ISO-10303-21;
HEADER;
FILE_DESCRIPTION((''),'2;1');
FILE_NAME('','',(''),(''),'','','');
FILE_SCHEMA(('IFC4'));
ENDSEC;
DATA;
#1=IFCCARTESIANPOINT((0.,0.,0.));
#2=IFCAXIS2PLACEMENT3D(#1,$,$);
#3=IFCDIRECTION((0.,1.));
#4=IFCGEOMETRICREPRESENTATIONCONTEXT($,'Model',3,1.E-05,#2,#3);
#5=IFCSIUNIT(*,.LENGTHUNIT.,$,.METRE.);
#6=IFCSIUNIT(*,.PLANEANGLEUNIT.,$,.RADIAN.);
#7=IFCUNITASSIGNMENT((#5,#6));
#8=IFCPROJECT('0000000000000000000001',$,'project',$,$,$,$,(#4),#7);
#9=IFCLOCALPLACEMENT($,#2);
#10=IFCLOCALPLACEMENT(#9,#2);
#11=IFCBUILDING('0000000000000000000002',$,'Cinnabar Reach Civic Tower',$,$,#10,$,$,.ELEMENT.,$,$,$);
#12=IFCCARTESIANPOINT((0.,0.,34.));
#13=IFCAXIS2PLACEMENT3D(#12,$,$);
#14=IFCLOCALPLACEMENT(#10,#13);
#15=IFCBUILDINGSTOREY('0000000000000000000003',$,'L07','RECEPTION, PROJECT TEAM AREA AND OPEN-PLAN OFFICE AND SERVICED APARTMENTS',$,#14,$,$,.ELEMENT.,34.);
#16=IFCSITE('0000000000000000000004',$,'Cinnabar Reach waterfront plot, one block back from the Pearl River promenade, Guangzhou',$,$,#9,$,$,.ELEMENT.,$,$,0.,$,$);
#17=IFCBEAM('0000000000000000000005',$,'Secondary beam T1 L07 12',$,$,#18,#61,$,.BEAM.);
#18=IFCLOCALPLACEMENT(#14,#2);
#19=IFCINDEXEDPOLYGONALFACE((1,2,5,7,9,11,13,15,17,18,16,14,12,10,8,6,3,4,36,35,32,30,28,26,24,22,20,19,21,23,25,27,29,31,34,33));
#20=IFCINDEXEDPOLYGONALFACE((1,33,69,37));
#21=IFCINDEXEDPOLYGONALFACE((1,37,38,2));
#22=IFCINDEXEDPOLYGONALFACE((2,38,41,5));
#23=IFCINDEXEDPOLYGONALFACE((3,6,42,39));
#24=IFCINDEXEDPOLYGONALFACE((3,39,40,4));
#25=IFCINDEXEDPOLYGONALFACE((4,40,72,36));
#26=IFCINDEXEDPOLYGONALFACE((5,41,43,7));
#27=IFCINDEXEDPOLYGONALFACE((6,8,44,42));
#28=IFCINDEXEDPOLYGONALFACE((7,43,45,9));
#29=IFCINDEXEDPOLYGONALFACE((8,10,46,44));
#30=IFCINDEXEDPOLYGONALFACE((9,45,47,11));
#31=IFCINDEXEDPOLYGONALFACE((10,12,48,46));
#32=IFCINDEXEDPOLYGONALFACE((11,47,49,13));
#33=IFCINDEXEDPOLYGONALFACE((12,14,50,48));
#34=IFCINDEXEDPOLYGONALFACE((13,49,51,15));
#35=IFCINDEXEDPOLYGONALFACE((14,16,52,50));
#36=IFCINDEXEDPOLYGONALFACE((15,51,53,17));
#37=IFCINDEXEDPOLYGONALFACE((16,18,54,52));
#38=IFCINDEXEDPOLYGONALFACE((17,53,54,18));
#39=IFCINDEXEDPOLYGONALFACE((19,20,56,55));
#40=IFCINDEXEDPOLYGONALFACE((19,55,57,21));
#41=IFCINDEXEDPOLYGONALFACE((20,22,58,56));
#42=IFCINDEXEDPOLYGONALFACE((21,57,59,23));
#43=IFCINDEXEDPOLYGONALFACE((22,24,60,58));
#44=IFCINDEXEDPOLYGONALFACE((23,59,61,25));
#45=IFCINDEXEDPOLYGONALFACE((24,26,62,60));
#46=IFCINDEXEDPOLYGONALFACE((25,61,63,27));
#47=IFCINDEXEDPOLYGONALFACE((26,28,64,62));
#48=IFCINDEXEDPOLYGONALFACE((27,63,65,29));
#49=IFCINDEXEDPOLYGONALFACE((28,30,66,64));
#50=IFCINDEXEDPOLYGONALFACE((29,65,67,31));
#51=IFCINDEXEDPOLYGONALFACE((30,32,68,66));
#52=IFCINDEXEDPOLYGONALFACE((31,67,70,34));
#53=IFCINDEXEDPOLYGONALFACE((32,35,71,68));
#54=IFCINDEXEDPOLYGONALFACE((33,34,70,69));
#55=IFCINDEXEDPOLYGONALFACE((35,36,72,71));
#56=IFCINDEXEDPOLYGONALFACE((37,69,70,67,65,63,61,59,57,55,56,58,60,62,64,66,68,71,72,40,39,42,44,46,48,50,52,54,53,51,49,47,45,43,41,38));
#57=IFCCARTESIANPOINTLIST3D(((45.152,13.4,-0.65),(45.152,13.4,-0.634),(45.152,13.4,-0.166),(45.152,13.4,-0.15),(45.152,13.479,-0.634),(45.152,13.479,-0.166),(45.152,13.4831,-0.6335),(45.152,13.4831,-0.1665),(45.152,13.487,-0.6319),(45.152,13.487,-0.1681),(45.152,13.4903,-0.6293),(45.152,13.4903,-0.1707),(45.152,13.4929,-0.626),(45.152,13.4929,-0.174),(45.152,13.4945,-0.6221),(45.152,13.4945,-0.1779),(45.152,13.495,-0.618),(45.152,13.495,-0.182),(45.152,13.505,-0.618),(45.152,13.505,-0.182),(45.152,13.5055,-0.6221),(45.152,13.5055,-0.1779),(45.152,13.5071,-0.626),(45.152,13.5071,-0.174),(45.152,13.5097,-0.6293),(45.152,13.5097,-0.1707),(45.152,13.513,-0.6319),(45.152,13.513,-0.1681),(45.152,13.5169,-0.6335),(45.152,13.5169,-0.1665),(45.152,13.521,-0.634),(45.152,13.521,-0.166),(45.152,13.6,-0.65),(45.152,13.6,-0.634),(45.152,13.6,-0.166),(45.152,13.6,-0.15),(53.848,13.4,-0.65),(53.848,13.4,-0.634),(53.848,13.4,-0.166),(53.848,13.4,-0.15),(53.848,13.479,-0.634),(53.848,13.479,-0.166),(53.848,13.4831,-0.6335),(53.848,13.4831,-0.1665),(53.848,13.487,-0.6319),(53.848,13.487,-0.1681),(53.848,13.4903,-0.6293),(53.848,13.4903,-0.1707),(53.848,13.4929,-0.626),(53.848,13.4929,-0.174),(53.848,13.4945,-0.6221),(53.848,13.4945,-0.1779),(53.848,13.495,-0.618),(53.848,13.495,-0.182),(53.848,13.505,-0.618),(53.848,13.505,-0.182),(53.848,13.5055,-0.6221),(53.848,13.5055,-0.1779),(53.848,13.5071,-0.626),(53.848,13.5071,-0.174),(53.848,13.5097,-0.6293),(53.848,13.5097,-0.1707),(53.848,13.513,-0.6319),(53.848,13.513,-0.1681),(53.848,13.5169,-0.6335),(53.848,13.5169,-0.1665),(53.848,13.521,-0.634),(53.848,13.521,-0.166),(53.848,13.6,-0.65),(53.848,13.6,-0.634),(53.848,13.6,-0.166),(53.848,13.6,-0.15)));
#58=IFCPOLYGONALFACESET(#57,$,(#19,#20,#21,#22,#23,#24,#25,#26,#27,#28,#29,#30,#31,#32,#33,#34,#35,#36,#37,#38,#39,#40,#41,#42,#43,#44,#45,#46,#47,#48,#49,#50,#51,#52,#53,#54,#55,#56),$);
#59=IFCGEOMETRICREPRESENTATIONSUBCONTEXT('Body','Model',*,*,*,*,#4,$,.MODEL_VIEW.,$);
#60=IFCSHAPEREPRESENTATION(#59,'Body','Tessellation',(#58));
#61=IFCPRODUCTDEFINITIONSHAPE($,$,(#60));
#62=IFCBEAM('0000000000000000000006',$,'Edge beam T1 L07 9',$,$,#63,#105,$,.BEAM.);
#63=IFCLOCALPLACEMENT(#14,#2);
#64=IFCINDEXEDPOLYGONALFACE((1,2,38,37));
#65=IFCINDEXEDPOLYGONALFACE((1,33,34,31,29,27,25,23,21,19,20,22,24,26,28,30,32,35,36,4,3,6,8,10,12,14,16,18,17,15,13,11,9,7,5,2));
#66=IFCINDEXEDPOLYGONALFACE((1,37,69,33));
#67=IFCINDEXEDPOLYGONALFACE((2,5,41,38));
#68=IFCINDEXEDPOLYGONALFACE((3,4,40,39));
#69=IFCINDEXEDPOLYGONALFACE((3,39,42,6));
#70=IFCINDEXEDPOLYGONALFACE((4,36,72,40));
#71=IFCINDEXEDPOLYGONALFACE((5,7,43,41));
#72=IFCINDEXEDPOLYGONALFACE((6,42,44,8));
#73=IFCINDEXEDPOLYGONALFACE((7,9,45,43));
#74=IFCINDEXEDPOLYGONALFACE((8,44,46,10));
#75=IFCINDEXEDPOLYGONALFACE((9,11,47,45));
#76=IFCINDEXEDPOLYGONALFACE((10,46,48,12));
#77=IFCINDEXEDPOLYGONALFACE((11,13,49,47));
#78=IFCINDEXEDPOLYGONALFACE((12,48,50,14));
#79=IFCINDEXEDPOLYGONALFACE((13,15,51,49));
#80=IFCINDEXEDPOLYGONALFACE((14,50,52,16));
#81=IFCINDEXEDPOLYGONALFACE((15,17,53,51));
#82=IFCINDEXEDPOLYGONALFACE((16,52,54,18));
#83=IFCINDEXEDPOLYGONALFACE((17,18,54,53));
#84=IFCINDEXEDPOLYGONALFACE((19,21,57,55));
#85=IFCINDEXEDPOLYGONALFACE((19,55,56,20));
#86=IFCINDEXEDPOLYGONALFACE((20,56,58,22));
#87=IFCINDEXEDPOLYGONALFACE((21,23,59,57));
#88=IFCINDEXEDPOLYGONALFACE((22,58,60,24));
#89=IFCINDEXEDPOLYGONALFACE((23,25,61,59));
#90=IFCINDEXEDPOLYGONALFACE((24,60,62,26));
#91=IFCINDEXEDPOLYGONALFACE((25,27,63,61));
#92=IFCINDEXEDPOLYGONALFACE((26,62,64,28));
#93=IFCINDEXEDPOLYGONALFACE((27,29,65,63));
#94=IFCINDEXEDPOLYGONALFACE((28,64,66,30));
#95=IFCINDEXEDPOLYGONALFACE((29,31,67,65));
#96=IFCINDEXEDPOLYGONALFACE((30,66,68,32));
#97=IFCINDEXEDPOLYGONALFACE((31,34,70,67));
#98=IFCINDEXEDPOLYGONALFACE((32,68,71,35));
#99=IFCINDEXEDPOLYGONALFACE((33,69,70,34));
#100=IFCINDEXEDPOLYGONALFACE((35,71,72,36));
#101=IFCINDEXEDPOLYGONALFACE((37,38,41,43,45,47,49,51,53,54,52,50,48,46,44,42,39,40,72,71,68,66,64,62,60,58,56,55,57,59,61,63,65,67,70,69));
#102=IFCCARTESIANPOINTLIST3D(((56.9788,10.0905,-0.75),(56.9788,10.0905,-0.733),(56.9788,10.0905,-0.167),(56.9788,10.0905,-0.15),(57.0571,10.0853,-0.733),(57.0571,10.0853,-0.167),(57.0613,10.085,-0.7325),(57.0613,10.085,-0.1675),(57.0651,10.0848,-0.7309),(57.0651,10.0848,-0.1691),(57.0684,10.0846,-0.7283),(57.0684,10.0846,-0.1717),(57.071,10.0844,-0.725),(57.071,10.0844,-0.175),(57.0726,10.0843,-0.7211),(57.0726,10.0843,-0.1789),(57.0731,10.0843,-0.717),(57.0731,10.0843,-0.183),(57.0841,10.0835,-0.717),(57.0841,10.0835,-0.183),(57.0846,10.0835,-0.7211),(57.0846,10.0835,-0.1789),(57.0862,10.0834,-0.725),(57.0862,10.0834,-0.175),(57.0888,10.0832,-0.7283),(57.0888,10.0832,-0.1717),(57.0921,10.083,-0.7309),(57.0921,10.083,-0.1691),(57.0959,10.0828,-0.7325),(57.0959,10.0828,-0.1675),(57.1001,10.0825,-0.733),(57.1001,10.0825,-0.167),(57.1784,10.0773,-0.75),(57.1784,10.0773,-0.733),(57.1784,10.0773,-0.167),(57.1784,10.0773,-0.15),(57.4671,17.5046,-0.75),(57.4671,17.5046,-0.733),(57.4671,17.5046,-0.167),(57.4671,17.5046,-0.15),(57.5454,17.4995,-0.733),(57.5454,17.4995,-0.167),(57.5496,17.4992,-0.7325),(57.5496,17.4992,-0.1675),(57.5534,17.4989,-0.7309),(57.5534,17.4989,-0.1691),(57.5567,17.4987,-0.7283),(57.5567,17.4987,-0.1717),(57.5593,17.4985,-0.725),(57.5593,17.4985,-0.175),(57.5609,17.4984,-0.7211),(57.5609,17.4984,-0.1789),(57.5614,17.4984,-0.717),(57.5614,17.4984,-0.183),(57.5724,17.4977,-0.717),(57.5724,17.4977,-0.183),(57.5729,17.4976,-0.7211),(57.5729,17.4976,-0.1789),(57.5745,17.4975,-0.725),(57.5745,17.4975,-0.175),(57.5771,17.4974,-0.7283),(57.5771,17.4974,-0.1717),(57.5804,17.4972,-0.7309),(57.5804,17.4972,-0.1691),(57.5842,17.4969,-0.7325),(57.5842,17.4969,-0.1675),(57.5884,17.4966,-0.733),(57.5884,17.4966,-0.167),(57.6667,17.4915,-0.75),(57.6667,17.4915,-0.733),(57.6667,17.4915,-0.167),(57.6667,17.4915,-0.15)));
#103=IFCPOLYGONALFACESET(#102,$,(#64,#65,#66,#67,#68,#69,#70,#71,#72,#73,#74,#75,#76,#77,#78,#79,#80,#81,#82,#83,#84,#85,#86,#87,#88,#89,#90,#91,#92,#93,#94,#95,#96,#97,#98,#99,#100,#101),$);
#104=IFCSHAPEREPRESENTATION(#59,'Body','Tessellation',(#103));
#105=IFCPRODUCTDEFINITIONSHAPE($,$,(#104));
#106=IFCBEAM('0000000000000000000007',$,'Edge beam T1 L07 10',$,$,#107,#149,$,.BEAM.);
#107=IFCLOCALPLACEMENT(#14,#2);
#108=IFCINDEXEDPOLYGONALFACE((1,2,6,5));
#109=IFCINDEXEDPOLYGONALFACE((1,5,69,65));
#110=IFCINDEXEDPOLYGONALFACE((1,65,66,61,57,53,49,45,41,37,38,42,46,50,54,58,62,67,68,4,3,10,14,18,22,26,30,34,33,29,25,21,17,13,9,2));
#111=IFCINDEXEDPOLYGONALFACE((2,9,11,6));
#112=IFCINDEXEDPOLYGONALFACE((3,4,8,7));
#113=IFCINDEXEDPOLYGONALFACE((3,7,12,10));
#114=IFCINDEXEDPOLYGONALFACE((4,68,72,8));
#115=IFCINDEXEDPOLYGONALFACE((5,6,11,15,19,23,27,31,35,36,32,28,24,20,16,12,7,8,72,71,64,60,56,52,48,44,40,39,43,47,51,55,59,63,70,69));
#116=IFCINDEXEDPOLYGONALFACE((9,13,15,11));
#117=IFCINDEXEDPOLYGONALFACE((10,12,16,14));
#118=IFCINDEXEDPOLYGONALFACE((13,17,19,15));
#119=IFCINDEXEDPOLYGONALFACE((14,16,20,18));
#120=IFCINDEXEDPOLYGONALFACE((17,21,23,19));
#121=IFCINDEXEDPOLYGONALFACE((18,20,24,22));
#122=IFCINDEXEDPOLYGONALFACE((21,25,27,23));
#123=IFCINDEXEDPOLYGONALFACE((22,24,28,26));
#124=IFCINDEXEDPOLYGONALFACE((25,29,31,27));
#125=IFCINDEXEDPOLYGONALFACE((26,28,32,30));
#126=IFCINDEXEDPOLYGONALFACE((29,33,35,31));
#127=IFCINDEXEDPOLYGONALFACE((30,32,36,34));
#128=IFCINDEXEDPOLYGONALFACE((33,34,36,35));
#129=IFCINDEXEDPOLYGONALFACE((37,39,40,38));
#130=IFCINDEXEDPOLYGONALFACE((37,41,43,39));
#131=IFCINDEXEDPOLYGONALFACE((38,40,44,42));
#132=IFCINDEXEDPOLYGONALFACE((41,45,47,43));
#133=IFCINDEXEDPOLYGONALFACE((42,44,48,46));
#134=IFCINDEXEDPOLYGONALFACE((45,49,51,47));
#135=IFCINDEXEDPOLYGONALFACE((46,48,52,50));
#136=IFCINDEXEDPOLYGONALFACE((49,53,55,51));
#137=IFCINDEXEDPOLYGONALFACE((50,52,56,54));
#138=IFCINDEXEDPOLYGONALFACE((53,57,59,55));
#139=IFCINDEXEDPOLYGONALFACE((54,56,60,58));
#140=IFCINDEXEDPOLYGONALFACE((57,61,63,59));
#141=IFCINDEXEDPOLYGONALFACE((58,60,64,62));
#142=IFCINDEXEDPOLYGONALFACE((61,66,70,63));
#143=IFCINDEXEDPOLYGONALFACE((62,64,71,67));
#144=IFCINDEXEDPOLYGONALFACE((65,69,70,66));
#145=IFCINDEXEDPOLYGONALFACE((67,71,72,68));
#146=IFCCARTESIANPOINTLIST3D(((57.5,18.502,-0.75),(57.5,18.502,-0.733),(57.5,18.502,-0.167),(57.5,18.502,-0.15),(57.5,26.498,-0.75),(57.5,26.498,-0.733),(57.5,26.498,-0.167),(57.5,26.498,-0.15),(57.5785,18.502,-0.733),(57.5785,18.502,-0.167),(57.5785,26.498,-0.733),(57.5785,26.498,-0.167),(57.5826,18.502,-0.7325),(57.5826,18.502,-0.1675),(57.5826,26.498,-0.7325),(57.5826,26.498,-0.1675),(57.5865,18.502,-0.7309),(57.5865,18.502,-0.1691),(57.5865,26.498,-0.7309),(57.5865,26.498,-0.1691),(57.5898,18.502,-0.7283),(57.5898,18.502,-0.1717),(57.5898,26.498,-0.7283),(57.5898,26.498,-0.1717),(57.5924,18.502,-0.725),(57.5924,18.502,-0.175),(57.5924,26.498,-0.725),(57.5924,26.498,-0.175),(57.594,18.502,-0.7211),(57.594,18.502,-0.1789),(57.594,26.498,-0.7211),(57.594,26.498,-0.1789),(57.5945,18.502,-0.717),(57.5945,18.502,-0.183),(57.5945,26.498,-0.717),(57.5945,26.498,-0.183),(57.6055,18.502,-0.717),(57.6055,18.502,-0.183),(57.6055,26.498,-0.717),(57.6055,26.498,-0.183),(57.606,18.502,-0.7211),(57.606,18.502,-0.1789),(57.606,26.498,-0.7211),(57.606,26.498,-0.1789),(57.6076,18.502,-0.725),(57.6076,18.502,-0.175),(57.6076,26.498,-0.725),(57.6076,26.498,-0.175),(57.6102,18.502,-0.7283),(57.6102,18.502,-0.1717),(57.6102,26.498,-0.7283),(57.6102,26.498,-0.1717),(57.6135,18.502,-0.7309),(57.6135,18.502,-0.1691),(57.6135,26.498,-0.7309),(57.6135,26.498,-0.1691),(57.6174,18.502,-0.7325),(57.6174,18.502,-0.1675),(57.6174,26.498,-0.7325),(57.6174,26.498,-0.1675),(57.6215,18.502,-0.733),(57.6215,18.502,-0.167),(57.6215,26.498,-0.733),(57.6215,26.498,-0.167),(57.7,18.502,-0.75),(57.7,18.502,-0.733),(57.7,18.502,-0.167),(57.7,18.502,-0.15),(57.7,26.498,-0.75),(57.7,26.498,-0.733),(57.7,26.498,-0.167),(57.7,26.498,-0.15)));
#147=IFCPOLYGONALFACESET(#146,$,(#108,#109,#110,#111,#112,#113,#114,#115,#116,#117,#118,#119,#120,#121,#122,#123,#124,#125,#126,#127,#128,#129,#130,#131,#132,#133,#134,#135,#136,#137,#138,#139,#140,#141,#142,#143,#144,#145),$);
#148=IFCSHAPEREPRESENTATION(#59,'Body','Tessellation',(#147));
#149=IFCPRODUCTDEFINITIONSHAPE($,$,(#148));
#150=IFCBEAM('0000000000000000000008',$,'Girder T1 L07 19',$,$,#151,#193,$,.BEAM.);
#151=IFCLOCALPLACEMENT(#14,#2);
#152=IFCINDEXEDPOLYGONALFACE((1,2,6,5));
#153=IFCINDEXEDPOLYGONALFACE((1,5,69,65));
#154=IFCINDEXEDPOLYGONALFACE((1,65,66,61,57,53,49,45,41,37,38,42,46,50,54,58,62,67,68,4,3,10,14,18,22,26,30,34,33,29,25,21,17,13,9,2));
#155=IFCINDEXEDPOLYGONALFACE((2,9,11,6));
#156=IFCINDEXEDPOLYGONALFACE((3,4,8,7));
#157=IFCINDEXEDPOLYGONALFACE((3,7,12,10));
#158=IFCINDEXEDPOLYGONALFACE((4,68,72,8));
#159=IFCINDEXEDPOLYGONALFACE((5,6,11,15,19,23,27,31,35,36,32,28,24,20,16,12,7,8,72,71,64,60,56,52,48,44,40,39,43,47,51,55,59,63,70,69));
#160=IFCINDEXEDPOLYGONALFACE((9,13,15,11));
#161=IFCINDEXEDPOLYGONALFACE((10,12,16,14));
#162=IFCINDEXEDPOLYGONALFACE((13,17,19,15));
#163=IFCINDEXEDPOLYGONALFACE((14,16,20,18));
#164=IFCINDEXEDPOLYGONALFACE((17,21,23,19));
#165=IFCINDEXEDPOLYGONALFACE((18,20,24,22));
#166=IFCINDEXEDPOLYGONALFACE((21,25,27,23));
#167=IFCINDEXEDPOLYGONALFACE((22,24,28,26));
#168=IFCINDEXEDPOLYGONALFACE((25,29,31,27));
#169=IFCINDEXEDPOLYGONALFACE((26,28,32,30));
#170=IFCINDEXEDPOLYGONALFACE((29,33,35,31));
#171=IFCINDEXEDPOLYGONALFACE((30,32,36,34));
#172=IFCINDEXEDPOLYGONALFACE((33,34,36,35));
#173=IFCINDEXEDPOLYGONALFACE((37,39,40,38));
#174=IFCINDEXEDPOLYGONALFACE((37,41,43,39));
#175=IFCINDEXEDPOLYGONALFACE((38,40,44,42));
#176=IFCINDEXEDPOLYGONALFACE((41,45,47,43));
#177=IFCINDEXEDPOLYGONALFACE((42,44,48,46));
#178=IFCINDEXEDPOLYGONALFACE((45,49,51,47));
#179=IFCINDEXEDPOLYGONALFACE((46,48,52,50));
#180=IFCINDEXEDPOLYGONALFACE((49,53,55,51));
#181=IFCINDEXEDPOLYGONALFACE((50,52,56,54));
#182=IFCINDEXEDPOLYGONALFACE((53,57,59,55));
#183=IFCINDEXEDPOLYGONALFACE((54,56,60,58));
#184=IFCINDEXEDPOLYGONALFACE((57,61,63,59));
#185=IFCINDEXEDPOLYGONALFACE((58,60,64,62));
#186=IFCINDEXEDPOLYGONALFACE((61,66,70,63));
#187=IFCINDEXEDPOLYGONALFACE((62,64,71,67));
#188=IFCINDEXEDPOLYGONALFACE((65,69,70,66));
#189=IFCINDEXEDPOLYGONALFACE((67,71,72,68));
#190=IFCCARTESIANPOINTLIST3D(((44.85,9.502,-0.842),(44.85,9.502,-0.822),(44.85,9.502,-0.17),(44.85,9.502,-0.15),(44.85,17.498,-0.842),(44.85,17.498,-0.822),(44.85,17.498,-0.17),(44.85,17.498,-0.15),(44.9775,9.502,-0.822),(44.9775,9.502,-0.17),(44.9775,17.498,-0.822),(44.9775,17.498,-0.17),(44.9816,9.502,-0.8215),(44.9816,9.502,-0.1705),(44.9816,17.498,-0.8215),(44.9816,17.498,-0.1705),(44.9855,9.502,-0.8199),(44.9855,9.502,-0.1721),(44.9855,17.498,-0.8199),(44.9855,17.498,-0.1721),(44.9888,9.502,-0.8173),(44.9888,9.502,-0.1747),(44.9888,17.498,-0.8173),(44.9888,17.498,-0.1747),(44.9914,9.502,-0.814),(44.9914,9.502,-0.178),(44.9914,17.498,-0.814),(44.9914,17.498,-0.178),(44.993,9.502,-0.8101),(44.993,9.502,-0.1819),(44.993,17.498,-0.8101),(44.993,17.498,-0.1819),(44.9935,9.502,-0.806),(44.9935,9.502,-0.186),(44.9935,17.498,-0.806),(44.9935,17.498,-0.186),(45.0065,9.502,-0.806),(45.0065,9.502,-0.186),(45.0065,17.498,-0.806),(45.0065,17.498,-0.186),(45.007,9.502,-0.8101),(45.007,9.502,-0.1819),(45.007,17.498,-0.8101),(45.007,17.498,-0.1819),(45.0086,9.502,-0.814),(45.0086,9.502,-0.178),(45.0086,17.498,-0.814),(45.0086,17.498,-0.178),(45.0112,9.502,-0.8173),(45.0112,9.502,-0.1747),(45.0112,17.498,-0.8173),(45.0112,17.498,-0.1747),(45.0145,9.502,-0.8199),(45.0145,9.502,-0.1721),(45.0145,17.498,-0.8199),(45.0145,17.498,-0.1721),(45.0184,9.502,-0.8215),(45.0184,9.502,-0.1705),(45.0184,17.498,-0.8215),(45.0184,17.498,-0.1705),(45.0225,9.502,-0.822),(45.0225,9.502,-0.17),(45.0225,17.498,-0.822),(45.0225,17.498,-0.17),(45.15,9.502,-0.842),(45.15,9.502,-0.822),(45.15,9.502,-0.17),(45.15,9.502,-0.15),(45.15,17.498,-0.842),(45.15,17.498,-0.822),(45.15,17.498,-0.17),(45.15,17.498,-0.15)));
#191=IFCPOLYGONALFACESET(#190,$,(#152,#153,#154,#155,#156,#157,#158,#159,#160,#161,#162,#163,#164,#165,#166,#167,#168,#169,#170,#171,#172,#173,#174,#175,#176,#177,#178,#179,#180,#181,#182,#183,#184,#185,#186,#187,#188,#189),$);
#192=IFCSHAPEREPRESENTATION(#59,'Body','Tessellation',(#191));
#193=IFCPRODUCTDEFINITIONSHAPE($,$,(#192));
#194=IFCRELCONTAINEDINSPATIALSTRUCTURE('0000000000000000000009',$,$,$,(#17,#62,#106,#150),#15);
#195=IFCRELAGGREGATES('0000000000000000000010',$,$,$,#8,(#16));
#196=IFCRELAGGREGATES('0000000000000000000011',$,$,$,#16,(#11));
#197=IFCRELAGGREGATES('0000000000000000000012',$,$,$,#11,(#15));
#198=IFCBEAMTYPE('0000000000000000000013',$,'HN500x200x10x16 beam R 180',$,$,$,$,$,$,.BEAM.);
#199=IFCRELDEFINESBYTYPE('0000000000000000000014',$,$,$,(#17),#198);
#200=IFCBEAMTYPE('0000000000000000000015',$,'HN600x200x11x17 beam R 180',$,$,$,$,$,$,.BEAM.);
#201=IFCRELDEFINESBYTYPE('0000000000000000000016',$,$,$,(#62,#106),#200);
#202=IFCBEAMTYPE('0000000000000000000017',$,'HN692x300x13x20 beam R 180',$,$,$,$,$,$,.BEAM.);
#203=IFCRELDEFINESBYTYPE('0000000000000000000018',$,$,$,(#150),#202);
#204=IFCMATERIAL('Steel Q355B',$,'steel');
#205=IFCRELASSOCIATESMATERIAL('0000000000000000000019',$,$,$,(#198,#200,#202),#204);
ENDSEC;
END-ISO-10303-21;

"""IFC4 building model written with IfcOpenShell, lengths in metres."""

from ifc_helpers import new_model, si_unit, direction, frame, origin, origin_2d, place, context, subcontext, project, spatial, i_section, extrude, material, material_profile, profile_set, type_object, element, save


model = new_model("IFC4")

# Units and contexts
model_context = context("Model", 3, precision=1e-05, world=origin(), true_north=direction((0.0, 1.0)))
body_context = subcontext(model_context, "Body", "Model", "MODEL_VIEW")
ifc_project = project(units=[si_unit("LENGTHUNIT", "METRE"), si_unit("PLANEANGLEUNIT", "RADIAN")], contexts=[model_context])

# Site, building, storey
site_placement = place(None, origin())
site = spatial("IfcSite", under=ifc_project, at=site_placement, Name="Cinnabar Reach waterfront plot, one block back from the Pearl River promenade, Guangzhou", CompositionType="ELEMENT", RefElevation=0.0)
building_placement = place(site_placement, origin())
building = spatial("IfcBuilding", under=site, at=building_placement, Name="Cinnabar Reach Civic Tower", CompositionType="ELEMENT")
storey_placement = place(building_placement, frame((0.0, 0.0, 34.0)))
storey = spatial("IfcBuildingStorey", under=building, at=storey_placement, Name="L07", Description="RECEPTION, PROJECT TEAM AREA AND OPEN-PLAN OFFICE AND SERVICED APARTMENTS", CompositionType="ELEMENT", Elevation=34.0)

# Beams
ifc_material_1 = material(Name="Steel Q355B", Category="steel")
ifc_material_profile_1 = material_profile(ifc_material_1, i_section(OverallWidth=0.2, OverallDepth=0.5, WebThickness=0.01, FlangeThickness=0.016, FilletRadius=0.016, at=origin_2d()), Name="HN500x200x10x16")
ifc_profile_set_1 = profile_set([ifc_material_profile_1], Name="Steel Q355B")
beam_type_1 = type_object("IfcBeamType", Name="HN500x200x10x16 beam R 180", PredefinedType="BEAM", material=ifc_profile_set_1)
beam_1_placement = place(storey_placement, frame((45.152, 13.5, -0.4), z_axis=(1.0, 0.0, 0.0), x_axis=(0.0, 1.0, 0.0)))
element("IfcBeam", 1, at=beam_1_placement, inside=storey, type_object=beam_type_1, Name="Secondary beam T1 L07 12", PredefinedType="BEAM", context=body_context, shape_type="SweptSolid", body=[
    extrude(i_section(OverallWidth=0.2, OverallDepth=0.5, WebThickness=0.01, FlangeThickness=0.016, FilletRadius=0.016, at=origin_2d()), origin(), (0.0, 0.0, 1.0), 8.696),
])
ifc_material_profile_2 = material_profile(ifc_material_1, i_section(OverallWidth=0.2, OverallDepth=0.6, WebThickness=0.011, FlangeThickness=0.017, FilletRadius=0.016, at=origin_2d()), Name="HN600x200x11x17")
ifc_profile_set_2 = profile_set([ifc_material_profile_2], Name="Steel Q355B")
beam_type_2 = type_object("IfcBeamType", Name="HN600x200x11x17 beam R 180", PredefinedType="BEAM", material=ifc_profile_set_2)
beam_2_placement = place(storey_placement, frame((57.0786, 10.0839, -0.45), z_axis=(0.065719, 0.997838, 0.0), x_axis=(-0.997838, 0.065719, 0.0)))
element("IfcBeam", 2, at=beam_2_placement, inside=storey, type_object=beam_type_2, Name="Edge beam T1 L07 9", PredefinedType="BEAM", context=body_context, shape_type="SweptSolid", body=[
    extrude(i_section(OverallWidth=0.2, OverallDepth=0.6, WebThickness=0.011, FlangeThickness=0.017, FilletRadius=0.016, at=origin_2d()), origin(), (0.0, 0.0, 1.0), 7.4302),
])
beam_3_placement = place(storey_placement, frame((57.6, 18.502, -0.45), z_axis=(0.0, 1.0, 0.0), x_axis=(-1.0, 0.0, 0.0)))
element("IfcBeam", 3, at=beam_3_placement, inside=storey, type_object=beam_type_2, Name="Edge beam T1 L07 10", PredefinedType="BEAM", context=body_context, shape_type="SweptSolid", body=[
    extrude(i_section(OverallWidth=0.2, OverallDepth=0.6, WebThickness=0.011, FlangeThickness=0.017, FilletRadius=0.016, at=origin_2d()), origin(), (0.0, 0.0, 1.0), 7.996),
])
ifc_material_profile_3 = material_profile(ifc_material_1, i_section(OverallWidth=0.3, OverallDepth=0.692, WebThickness=0.013, FlangeThickness=0.02, FilletRadius=0.016, at=origin_2d()), Name="HN692x300x13x20")
ifc_profile_set_3 = profile_set([ifc_material_profile_3], Name="Steel Q355B")
beam_type_3 = type_object("IfcBeamType", Name="HN692x300x13x20 beam R 180", PredefinedType="BEAM", material=ifc_profile_set_3)
for number, where, z_axis, x_axis, name in (
    (4, (45.0, 9.502, -0.496), (0.0, 1.0, 0.0), (-1.0, 0.0, 0.0), "Girder T1 L07 19"),
):
    element("IfcBeam", number, at=place(storey_placement, frame(where, z_axis=z_axis, x_axis=x_axis)), inside=storey, type_object=beam_type_3, Name=name, PredefinedType="BEAM", context=body_context, shape_type="SweptSolid", body=[
        extrude(i_section(OverallWidth=0.3, OverallDepth=0.692, WebThickness=0.013, FlangeThickness=0.02, FilletRadius=0.016, at=origin_2d()), origin(), (0.0, 0.0, 1.0), 7.996),
    ])

save(model, "model.ifc")
